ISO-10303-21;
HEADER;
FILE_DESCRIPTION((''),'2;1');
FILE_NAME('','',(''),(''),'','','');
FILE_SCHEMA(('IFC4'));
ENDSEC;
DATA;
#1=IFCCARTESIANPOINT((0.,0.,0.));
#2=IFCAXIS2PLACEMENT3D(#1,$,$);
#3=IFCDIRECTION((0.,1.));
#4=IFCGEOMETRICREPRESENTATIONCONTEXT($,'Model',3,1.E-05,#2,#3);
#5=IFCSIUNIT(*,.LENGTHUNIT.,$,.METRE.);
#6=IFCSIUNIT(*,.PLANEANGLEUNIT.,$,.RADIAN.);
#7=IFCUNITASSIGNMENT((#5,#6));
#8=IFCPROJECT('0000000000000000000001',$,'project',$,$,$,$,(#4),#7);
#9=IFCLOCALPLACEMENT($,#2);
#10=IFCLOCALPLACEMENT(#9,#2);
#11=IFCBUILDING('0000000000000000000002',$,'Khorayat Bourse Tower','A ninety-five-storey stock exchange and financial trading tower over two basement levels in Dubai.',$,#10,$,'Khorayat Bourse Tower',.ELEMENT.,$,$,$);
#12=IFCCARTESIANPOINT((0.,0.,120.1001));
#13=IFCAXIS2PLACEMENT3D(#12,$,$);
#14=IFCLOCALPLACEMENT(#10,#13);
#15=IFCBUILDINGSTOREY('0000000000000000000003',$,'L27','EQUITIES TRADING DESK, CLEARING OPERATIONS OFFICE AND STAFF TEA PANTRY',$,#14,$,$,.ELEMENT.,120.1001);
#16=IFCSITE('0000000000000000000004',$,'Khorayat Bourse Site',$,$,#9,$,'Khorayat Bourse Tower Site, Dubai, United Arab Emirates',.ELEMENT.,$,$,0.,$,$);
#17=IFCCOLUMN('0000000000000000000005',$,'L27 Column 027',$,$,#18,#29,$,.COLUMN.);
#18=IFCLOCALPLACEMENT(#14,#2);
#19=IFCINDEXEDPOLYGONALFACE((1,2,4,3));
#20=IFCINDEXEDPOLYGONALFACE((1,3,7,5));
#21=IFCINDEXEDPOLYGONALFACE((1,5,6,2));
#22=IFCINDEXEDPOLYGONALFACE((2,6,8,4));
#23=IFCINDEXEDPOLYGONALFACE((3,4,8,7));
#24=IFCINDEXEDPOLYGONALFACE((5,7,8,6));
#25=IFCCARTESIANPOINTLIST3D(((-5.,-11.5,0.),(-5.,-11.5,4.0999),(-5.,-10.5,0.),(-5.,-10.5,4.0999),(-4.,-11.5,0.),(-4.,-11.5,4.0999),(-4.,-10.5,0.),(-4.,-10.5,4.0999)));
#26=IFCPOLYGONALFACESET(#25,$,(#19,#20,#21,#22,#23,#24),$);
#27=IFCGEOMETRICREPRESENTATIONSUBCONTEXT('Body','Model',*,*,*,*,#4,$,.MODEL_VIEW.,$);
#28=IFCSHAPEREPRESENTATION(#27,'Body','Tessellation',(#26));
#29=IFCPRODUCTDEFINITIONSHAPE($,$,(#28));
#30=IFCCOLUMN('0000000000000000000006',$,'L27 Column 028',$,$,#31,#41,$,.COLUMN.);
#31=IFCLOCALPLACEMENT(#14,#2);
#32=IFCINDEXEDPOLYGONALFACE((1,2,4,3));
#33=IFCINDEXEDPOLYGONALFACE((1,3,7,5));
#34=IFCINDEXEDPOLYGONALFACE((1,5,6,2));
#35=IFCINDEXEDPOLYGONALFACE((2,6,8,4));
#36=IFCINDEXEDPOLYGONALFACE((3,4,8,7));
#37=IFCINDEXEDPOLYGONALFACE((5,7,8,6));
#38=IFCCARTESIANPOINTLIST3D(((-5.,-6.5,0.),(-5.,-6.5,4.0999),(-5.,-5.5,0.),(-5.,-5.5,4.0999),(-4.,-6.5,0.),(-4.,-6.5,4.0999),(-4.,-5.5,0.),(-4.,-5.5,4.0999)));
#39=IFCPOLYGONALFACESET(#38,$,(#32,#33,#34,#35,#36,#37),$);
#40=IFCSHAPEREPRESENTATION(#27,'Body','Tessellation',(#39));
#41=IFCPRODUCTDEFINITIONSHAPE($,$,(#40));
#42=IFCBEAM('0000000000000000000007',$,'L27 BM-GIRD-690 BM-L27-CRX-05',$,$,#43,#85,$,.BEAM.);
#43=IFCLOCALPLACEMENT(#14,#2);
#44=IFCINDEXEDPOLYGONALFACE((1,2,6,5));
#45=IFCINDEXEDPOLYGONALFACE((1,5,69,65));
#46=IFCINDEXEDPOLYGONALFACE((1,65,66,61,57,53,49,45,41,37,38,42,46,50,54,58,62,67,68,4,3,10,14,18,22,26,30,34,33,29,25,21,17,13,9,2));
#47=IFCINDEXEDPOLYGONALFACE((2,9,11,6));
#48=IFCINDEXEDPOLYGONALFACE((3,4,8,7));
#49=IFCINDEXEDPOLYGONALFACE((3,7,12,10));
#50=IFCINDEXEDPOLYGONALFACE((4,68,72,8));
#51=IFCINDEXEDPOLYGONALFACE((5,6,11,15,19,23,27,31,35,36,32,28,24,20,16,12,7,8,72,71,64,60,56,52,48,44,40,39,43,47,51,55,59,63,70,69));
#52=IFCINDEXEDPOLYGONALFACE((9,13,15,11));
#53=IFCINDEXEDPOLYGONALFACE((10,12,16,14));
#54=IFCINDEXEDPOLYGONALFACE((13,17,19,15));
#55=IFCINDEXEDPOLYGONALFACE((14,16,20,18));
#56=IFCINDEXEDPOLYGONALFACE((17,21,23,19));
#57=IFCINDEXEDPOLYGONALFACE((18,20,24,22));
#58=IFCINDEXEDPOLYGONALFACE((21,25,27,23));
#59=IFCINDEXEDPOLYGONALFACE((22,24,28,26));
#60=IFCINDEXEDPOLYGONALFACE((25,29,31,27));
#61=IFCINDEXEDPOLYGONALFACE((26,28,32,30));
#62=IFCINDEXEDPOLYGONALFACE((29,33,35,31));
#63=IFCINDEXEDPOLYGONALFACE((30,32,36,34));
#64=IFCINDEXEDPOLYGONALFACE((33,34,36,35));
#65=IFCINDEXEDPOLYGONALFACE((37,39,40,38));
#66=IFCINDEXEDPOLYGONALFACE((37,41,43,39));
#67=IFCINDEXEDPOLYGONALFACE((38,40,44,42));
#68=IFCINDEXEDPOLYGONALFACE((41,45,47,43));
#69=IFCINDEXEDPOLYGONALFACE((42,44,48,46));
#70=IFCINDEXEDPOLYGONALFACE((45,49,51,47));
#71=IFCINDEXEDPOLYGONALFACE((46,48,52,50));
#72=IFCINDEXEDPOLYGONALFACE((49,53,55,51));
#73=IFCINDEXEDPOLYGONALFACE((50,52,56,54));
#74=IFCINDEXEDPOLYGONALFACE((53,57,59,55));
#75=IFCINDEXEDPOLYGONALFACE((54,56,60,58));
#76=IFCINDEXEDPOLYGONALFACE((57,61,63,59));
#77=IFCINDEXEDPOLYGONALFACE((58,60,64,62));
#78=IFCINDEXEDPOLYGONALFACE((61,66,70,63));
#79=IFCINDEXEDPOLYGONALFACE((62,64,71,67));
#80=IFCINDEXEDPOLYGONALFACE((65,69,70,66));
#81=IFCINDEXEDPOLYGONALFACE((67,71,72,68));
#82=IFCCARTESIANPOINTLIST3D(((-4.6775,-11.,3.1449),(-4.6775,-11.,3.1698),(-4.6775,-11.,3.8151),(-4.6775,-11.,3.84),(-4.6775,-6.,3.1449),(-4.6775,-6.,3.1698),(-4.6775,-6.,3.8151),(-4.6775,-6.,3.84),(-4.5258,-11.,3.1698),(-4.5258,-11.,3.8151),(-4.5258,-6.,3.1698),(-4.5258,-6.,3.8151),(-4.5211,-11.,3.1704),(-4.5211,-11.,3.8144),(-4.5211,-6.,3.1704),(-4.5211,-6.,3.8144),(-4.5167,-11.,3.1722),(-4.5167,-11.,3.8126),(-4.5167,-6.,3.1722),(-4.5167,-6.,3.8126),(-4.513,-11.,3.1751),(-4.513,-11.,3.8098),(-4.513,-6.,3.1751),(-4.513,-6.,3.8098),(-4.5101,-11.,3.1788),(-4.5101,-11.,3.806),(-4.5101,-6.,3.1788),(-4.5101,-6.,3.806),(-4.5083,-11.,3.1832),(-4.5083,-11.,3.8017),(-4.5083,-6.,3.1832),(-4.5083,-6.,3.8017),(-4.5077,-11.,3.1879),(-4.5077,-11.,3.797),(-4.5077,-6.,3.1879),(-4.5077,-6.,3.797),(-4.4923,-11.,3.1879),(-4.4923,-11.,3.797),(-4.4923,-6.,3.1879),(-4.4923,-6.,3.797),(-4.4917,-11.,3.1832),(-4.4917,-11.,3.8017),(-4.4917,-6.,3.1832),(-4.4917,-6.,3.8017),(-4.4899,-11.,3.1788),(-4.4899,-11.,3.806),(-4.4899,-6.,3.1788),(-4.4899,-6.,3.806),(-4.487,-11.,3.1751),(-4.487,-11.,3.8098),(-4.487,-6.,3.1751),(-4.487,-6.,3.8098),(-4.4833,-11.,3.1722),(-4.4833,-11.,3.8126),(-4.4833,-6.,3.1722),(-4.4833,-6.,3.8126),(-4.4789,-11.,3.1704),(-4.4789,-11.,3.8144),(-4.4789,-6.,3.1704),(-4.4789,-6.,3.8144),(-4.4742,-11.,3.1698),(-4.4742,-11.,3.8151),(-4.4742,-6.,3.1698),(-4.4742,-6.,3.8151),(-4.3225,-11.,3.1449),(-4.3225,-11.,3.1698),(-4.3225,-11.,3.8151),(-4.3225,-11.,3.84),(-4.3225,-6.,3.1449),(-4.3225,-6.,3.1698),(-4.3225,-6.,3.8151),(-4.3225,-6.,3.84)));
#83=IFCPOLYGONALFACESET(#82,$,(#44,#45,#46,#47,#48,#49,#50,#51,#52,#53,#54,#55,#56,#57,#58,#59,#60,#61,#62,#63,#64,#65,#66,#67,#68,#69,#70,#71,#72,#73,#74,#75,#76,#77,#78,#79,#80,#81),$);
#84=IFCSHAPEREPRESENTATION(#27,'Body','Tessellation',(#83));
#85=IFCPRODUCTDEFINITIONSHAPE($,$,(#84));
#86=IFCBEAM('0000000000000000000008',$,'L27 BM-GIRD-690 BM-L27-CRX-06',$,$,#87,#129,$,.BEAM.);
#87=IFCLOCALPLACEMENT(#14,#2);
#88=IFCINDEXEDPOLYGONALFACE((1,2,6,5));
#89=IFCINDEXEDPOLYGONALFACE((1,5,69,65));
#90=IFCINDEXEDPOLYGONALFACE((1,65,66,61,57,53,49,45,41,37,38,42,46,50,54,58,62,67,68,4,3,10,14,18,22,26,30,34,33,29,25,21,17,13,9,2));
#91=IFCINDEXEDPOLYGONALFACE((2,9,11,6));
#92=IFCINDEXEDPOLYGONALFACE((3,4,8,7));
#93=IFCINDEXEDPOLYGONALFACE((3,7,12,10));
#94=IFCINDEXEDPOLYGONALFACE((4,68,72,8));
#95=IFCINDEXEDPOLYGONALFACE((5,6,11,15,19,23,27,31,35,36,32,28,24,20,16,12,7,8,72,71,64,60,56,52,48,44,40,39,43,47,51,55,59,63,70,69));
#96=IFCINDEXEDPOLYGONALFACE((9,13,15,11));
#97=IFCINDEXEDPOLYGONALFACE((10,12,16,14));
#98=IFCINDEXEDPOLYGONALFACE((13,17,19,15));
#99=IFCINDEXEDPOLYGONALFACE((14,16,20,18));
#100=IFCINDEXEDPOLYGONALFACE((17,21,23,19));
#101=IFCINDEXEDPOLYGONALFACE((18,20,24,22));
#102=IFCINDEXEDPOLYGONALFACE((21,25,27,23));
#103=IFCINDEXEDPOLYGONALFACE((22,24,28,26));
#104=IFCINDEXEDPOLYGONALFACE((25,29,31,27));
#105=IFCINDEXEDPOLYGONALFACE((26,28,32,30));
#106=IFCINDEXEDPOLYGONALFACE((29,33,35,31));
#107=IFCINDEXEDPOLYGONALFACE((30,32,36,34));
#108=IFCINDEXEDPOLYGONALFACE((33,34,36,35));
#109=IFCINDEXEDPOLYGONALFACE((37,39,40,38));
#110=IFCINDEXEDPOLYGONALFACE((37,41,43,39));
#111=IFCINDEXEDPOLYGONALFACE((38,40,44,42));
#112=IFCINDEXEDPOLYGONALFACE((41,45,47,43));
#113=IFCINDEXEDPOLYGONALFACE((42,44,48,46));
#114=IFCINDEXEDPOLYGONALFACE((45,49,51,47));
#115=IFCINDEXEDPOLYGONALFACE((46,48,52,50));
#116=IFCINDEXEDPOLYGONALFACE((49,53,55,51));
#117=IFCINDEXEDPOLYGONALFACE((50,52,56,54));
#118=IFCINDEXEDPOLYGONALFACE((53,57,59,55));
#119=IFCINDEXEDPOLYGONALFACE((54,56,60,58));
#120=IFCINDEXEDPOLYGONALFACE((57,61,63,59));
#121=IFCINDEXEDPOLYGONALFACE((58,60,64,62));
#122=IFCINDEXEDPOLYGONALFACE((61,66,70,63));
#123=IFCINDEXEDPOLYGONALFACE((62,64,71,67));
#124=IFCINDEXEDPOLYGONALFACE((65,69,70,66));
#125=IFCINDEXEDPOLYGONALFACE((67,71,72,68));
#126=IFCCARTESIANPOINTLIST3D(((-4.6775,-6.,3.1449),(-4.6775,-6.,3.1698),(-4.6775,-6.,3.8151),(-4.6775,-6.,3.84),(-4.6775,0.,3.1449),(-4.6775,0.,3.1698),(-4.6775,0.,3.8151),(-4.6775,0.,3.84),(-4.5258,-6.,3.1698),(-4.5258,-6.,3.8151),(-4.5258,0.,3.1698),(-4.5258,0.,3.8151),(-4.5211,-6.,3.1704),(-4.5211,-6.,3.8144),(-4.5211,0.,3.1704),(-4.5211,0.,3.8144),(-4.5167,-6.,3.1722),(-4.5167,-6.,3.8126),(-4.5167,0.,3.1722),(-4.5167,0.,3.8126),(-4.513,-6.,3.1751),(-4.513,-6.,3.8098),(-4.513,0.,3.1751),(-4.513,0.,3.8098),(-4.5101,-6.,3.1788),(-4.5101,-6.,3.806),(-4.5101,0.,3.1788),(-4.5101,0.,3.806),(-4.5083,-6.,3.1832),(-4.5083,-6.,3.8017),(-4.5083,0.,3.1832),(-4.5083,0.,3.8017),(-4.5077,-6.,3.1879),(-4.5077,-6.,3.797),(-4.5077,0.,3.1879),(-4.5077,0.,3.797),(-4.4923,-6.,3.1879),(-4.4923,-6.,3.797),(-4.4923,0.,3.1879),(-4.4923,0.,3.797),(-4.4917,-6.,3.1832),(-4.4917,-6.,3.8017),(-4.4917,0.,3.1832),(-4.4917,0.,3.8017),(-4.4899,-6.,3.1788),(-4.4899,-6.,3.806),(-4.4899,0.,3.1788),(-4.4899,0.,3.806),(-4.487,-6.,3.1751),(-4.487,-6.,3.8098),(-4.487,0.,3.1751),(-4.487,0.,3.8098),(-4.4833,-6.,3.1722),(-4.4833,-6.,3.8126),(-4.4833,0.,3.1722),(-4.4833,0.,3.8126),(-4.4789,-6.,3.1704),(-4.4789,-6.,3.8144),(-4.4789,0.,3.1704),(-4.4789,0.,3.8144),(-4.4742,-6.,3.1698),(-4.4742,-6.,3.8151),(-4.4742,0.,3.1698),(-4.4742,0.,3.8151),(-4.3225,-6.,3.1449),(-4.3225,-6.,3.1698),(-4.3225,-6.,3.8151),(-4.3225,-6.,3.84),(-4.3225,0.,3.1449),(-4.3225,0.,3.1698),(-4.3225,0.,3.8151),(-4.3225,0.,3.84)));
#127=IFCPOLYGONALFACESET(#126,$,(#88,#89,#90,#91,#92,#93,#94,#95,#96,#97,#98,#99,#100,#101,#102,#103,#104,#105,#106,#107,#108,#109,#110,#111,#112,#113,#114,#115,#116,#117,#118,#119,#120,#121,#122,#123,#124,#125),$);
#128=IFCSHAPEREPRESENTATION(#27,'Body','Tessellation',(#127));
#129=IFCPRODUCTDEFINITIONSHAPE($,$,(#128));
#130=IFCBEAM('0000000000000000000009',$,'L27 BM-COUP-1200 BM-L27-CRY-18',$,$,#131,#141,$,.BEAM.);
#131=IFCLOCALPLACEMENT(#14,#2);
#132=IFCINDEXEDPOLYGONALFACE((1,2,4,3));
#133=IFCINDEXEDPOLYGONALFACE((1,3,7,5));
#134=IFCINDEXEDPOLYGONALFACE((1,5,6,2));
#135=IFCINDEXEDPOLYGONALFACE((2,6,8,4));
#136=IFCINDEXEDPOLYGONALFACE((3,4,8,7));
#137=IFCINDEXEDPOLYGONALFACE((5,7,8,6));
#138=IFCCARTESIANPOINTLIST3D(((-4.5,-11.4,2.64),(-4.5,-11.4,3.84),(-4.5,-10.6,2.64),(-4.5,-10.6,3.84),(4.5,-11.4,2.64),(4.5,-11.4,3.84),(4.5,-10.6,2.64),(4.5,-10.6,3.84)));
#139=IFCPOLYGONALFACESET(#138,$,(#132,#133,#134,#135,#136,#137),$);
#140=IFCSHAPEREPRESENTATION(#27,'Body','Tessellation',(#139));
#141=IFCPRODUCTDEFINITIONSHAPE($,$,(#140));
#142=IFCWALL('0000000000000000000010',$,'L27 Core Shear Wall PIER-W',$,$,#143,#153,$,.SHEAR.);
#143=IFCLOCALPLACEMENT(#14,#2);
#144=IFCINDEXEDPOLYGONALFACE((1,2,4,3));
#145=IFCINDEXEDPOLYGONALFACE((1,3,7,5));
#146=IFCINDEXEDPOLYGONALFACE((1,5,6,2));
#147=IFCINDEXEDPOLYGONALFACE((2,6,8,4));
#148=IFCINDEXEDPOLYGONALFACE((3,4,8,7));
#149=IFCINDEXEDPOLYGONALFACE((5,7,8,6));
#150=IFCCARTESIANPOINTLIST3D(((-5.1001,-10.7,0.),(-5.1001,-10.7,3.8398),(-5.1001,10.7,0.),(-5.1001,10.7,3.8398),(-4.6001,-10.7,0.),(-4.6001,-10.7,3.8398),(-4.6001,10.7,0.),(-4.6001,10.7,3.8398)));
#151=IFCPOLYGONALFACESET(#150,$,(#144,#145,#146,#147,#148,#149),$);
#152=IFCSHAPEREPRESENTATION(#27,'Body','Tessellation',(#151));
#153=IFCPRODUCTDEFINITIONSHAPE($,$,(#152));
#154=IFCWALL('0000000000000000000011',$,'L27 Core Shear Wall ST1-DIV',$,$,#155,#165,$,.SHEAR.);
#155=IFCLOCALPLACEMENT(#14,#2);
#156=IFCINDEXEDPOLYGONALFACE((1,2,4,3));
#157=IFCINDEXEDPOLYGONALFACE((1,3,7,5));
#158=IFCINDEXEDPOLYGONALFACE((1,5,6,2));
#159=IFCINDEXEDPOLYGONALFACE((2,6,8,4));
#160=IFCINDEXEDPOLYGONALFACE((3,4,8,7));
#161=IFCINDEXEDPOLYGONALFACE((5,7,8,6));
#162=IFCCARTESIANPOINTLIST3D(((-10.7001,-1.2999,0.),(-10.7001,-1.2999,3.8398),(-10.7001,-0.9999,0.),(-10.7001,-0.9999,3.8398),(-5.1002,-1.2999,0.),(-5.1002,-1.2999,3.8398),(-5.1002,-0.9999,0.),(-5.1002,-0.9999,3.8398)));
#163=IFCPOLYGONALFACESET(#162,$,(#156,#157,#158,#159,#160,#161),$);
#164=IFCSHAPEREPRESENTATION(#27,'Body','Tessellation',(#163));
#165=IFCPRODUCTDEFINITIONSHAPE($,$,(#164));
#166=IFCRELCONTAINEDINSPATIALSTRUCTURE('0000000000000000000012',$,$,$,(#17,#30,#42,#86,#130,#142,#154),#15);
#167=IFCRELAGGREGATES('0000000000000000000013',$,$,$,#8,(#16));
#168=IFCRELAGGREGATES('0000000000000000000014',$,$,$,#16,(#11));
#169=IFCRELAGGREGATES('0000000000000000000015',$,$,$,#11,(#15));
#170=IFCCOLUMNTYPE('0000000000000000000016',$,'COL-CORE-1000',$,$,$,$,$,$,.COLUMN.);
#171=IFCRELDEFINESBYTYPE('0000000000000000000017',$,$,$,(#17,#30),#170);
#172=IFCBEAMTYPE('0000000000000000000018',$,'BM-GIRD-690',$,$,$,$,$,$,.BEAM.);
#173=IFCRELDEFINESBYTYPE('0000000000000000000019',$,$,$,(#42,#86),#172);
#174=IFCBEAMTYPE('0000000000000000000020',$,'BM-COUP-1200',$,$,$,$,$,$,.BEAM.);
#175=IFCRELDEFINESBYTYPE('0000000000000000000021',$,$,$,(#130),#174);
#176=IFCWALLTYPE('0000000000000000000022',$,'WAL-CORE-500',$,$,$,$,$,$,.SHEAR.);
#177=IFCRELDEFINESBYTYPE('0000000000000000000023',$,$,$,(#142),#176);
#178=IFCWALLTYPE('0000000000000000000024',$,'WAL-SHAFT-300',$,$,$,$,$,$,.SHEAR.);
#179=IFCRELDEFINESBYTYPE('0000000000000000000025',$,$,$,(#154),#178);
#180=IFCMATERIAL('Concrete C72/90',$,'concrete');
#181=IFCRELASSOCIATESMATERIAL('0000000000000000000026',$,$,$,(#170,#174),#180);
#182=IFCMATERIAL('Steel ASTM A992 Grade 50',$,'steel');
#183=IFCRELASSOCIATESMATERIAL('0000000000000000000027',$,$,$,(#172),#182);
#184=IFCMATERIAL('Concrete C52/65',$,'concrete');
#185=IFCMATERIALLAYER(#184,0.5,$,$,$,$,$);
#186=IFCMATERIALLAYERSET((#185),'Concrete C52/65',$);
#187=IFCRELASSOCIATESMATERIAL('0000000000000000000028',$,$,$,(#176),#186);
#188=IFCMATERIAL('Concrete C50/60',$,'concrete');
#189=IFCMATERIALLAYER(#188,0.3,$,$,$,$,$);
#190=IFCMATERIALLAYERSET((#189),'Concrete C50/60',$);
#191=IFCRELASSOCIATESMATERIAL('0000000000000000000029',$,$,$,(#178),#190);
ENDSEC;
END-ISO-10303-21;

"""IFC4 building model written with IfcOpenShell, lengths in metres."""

from ifc_helpers import new_model, si_unit, direction, frame, frame_2d, origin, origin_2d, place, context, subcontext, project, spatial, rectangle, i_section, extrude, source, transform, mapped, material, layer, layer_set, material_profile, profile_set, type_object, element, save


model = new_model("IFC4")

# Units and contexts
model_context = context("Model", 3, precision=1e-05, world=origin(), true_north=direction((0.0, 1.0)))
body_context = subcontext(model_context, "Body", "Model", "MODEL_VIEW")
ifc_project = project(units=[si_unit("LENGTHUNIT", "METRE"), si_unit("PLANEANGLEUNIT", "RADIAN")], contexts=[model_context])

# Site, building, storey
site_placement = place(None, origin())
site = spatial("IfcSite", under=ifc_project, at=site_placement, Name="Khorayat Bourse Site", LongName="Khorayat Bourse Tower Site, Dubai, United Arab Emirates", CompositionType="ELEMENT", RefElevation=0.0)
building_placement = place(site_placement, origin())
building = spatial("IfcBuilding", under=site, at=building_placement, Name="Khorayat Bourse Tower", Description="A ninety-five-storey stock exchange and financial trading tower over two basement levels in Dubai.", LongName="Khorayat Bourse Tower", CompositionType="ELEMENT")
storey_placement = place(building_placement, frame((0.0, 0.0, 120.1001)))
storey = spatial("IfcBuildingStorey", under=building, at=storey_placement, Name="L27", Description="EQUITIES TRADING DESK, CLEARING OPERATIONS OFFICE AND STAFF TEA PANTRY", CompositionType="ELEMENT", Elevation=120.1001)

# Columns
ifc_material_1 = material(Name="Concrete C72/90", Category="concrete")
ifc_material_profile_1 = material_profile(ifc_material_1, rectangle(XDim=1.0, YDim=1.0, at=origin_2d()), Name="RC 1000x1000")
ifc_profile_set_1 = profile_set([ifc_material_profile_1], Name="Concrete C72/90")
column_type = type_object("IfcColumnType", Name="COL-CORE-1000", PredefinedType="COLUMN", material=ifc_profile_set_1)
shared_shape_1 = source(origin(), body_context, "Body", "SweptSolid", [
    extrude(rectangle(XDim=1.0, YDim=1.0, at=origin_2d()), origin(), (0.0, 0.0, 1.0), 4.0999),
])
for number, where, z_axis, x_axis, name in (
    (1, (-4.5, -11.0, 0.0), (0.0, 0.0, 1.0), (1.0, 0.0, 0.0), "L27 Column 027"),
    (2, (-4.5, -6.0, 0.0), (0.0, 0.0, 1.0), (1.0, 0.0, 0.0), "L27 Column 028"),
):
    element("IfcColumn", number, at=place(storey_placement, frame(where, z_axis=z_axis, x_axis=x_axis)), inside=storey, type_object=column_type, Name=name, PredefinedType="COLUMN", context=body_context, shape_type="MappedRepresentation", body=[
        mapped(shared_shape_1, transform((0.0, 0.0, 0.0), scale=1.0)),
    ])

# Beams
ifc_material_2 = material(Name="Steel ASTM A992 Grade 50", Category="steel")
ifc_material_profile_2 = material_profile(ifc_material_2, i_section(OverallWidth=0.355, OverallDepth=0.6951, WebThickness=0.0154, FlangeThickness=0.0249, FilletRadius=0.0181, at=origin_2d()), Name="W690X217")
ifc_profile_set_2 = profile_set([ifc_material_profile_2], Name="Steel ASTM A992 Grade 50")
beam_type_1 = type_object("IfcBeamType", Name="BM-GIRD-690", PredefinedType="BEAM", material=ifc_profile_set_2)
shared_shape_2 = source(origin(), body_context, "Body", "SweptSolid", [
    extrude(i_section(OverallWidth=0.355, OverallDepth=0.6951, WebThickness=0.0154, FlangeThickness=0.0249, FilletRadius=0.0181, at=origin_2d()), origin(), (0.0, 0.0, 1.0), 5.0),
])
beam_1_placement = place(storey_placement, frame((-4.5, -11.0, 3.4924), z_axis=(0.0, 1.0, 0.0), x_axis=(-1.0, 0.0, 0.0)))
element("IfcBeam", 3, at=beam_1_placement, inside=storey, type_object=beam_type_1, Name="L27 BM-GIRD-690 BM-L27-CRX-05", PredefinedType="BEAM", context=body_context, shape_type="MappedRepresentation", body=[
    mapped(shared_shape_2, transform((0.0, 0.0, 0.0), scale=1.0)),
])
shared_shape_3 = source(origin(), body_context, "Body", "SweptSolid", [
    extrude(i_section(OverallWidth=0.355, OverallDepth=0.6951, WebThickness=0.0154, FlangeThickness=0.0249, FilletRadius=0.0181, at=origin_2d()), origin(), (0.0, 0.0, 1.0), 6.0),
])
beam_2_placement = place(storey_placement, frame((-4.5, -6.0, 3.4924), z_axis=(0.0, 1.0, 0.0), x_axis=(-1.0, 0.0, 0.0)))
element("IfcBeam", 4, at=beam_2_placement, inside=storey, type_object=beam_type_1, Name="L27 BM-GIRD-690 BM-L27-CRX-06", PredefinedType="BEAM", context=body_context, shape_type="MappedRepresentation", body=[
    mapped(shared_shape_3, transform((0.0, 0.0, 0.0), scale=1.0)),
])
ifc_material_profile_3 = material_profile(ifc_material_1, rectangle(XDim=0.8, YDim=1.2, at=origin_2d()), Name="RC 800x1200")
ifc_profile_set_3 = profile_set([ifc_material_profile_3], Name="Concrete C72/90")
beam_type_2 = type_object("IfcBeamType", Name="BM-COUP-1200", PredefinedType="BEAM", material=ifc_profile_set_3)
shared_shape_4 = source(origin(), body_context, "Body", "SweptSolid", [
    extrude(rectangle(XDim=0.8, YDim=1.2, at=origin_2d()), origin(), (0.0, 0.0, 1.0), 9.0),
])
beam_3_placement = place(storey_placement, frame((-4.5, -11.0, 3.24), z_axis=(1.0, 0.0, 0.0), x_axis=(0.0, 1.0, 0.0)))
element("IfcBeam", 5, at=beam_3_placement, inside=storey, type_object=beam_type_2, Name="L27 BM-COUP-1200 BM-L27-CRY-18", PredefinedType="BEAM", context=body_context, shape_type="MappedRepresentation", body=[
    mapped(shared_shape_4, transform((0.0, 0.0, 0.0), scale=1.0)),
])

# Walls
ifc_material_3 = material(Name="Concrete C52/65", Category="concrete")
ifc_layer_1 = layer(ifc_material_3, 0.5)
ifc_layer_set_1 = layer_set([ifc_layer_1], Name="Concrete C52/65")
wall_type_1 = type_object("IfcWallType", Name="WAL-CORE-500", PredefinedType="SHEAR", material=ifc_layer_set_1)
shared_shape_5 = source(origin(), body_context, "Body", "SweptSolid", [
    extrude(rectangle(XDim=21.3999, YDim=0.5, at=frame_2d((10.7, 0.0))), origin(), (0.0, 0.0, 1.0), 3.8398),
])
wall_1_placement = place(storey_placement, frame((-4.8501, -10.7, 0.0), z_axis=(0.0, 0.0, 1.0), x_axis=(0.0, 1.0, 0.0)))
element("IfcWall", 6, at=wall_1_placement, inside=storey, type_object=wall_type_1, Name="L27 Core Shear Wall PIER-W", PredefinedType="SHEAR", context=body_context, shape_type="MappedRepresentation", body=[
    mapped(shared_shape_5, transform((0.0, 0.0, 0.0), scale=1.0)),
])
ifc_material_4 = material(Name="Concrete C50/60", Category="concrete")
ifc_layer_2 = layer(ifc_material_4, 0.3)
ifc_layer_set_2 = layer_set([ifc_layer_2], Name="Concrete C50/60")
wall_type_2 = type_object("IfcWallType", Name="WAL-SHAFT-300", PredefinedType="SHEAR", material=ifc_layer_set_2)
shared_shape_6 = source(origin(), body_context, "Body", "SweptSolid", [
    extrude(rectangle(XDim=5.5999, YDim=0.3, at=frame_2d((2.7998, 0.0))), origin(), (0.0, 0.0, 1.0), 3.8398),
])
wall_2_placement = place(storey_placement, frame((-10.7, -1.1499, 0.0), z_axis=(0.0, 0.0, 1.0), x_axis=(1.0, 0.0, 0.0)))
element("IfcWall", 7, at=wall_2_placement, inside=storey, type_object=wall_type_2, Name="L27 Core Shear Wall ST1-DIV", PredefinedType="SHEAR", context=body_context, shape_type="MappedRepresentation", body=[
    mapped(shared_shape_6, transform((0.0, 0.0, 0.0), scale=1.0)),
])

save(model, "model.ifc")
